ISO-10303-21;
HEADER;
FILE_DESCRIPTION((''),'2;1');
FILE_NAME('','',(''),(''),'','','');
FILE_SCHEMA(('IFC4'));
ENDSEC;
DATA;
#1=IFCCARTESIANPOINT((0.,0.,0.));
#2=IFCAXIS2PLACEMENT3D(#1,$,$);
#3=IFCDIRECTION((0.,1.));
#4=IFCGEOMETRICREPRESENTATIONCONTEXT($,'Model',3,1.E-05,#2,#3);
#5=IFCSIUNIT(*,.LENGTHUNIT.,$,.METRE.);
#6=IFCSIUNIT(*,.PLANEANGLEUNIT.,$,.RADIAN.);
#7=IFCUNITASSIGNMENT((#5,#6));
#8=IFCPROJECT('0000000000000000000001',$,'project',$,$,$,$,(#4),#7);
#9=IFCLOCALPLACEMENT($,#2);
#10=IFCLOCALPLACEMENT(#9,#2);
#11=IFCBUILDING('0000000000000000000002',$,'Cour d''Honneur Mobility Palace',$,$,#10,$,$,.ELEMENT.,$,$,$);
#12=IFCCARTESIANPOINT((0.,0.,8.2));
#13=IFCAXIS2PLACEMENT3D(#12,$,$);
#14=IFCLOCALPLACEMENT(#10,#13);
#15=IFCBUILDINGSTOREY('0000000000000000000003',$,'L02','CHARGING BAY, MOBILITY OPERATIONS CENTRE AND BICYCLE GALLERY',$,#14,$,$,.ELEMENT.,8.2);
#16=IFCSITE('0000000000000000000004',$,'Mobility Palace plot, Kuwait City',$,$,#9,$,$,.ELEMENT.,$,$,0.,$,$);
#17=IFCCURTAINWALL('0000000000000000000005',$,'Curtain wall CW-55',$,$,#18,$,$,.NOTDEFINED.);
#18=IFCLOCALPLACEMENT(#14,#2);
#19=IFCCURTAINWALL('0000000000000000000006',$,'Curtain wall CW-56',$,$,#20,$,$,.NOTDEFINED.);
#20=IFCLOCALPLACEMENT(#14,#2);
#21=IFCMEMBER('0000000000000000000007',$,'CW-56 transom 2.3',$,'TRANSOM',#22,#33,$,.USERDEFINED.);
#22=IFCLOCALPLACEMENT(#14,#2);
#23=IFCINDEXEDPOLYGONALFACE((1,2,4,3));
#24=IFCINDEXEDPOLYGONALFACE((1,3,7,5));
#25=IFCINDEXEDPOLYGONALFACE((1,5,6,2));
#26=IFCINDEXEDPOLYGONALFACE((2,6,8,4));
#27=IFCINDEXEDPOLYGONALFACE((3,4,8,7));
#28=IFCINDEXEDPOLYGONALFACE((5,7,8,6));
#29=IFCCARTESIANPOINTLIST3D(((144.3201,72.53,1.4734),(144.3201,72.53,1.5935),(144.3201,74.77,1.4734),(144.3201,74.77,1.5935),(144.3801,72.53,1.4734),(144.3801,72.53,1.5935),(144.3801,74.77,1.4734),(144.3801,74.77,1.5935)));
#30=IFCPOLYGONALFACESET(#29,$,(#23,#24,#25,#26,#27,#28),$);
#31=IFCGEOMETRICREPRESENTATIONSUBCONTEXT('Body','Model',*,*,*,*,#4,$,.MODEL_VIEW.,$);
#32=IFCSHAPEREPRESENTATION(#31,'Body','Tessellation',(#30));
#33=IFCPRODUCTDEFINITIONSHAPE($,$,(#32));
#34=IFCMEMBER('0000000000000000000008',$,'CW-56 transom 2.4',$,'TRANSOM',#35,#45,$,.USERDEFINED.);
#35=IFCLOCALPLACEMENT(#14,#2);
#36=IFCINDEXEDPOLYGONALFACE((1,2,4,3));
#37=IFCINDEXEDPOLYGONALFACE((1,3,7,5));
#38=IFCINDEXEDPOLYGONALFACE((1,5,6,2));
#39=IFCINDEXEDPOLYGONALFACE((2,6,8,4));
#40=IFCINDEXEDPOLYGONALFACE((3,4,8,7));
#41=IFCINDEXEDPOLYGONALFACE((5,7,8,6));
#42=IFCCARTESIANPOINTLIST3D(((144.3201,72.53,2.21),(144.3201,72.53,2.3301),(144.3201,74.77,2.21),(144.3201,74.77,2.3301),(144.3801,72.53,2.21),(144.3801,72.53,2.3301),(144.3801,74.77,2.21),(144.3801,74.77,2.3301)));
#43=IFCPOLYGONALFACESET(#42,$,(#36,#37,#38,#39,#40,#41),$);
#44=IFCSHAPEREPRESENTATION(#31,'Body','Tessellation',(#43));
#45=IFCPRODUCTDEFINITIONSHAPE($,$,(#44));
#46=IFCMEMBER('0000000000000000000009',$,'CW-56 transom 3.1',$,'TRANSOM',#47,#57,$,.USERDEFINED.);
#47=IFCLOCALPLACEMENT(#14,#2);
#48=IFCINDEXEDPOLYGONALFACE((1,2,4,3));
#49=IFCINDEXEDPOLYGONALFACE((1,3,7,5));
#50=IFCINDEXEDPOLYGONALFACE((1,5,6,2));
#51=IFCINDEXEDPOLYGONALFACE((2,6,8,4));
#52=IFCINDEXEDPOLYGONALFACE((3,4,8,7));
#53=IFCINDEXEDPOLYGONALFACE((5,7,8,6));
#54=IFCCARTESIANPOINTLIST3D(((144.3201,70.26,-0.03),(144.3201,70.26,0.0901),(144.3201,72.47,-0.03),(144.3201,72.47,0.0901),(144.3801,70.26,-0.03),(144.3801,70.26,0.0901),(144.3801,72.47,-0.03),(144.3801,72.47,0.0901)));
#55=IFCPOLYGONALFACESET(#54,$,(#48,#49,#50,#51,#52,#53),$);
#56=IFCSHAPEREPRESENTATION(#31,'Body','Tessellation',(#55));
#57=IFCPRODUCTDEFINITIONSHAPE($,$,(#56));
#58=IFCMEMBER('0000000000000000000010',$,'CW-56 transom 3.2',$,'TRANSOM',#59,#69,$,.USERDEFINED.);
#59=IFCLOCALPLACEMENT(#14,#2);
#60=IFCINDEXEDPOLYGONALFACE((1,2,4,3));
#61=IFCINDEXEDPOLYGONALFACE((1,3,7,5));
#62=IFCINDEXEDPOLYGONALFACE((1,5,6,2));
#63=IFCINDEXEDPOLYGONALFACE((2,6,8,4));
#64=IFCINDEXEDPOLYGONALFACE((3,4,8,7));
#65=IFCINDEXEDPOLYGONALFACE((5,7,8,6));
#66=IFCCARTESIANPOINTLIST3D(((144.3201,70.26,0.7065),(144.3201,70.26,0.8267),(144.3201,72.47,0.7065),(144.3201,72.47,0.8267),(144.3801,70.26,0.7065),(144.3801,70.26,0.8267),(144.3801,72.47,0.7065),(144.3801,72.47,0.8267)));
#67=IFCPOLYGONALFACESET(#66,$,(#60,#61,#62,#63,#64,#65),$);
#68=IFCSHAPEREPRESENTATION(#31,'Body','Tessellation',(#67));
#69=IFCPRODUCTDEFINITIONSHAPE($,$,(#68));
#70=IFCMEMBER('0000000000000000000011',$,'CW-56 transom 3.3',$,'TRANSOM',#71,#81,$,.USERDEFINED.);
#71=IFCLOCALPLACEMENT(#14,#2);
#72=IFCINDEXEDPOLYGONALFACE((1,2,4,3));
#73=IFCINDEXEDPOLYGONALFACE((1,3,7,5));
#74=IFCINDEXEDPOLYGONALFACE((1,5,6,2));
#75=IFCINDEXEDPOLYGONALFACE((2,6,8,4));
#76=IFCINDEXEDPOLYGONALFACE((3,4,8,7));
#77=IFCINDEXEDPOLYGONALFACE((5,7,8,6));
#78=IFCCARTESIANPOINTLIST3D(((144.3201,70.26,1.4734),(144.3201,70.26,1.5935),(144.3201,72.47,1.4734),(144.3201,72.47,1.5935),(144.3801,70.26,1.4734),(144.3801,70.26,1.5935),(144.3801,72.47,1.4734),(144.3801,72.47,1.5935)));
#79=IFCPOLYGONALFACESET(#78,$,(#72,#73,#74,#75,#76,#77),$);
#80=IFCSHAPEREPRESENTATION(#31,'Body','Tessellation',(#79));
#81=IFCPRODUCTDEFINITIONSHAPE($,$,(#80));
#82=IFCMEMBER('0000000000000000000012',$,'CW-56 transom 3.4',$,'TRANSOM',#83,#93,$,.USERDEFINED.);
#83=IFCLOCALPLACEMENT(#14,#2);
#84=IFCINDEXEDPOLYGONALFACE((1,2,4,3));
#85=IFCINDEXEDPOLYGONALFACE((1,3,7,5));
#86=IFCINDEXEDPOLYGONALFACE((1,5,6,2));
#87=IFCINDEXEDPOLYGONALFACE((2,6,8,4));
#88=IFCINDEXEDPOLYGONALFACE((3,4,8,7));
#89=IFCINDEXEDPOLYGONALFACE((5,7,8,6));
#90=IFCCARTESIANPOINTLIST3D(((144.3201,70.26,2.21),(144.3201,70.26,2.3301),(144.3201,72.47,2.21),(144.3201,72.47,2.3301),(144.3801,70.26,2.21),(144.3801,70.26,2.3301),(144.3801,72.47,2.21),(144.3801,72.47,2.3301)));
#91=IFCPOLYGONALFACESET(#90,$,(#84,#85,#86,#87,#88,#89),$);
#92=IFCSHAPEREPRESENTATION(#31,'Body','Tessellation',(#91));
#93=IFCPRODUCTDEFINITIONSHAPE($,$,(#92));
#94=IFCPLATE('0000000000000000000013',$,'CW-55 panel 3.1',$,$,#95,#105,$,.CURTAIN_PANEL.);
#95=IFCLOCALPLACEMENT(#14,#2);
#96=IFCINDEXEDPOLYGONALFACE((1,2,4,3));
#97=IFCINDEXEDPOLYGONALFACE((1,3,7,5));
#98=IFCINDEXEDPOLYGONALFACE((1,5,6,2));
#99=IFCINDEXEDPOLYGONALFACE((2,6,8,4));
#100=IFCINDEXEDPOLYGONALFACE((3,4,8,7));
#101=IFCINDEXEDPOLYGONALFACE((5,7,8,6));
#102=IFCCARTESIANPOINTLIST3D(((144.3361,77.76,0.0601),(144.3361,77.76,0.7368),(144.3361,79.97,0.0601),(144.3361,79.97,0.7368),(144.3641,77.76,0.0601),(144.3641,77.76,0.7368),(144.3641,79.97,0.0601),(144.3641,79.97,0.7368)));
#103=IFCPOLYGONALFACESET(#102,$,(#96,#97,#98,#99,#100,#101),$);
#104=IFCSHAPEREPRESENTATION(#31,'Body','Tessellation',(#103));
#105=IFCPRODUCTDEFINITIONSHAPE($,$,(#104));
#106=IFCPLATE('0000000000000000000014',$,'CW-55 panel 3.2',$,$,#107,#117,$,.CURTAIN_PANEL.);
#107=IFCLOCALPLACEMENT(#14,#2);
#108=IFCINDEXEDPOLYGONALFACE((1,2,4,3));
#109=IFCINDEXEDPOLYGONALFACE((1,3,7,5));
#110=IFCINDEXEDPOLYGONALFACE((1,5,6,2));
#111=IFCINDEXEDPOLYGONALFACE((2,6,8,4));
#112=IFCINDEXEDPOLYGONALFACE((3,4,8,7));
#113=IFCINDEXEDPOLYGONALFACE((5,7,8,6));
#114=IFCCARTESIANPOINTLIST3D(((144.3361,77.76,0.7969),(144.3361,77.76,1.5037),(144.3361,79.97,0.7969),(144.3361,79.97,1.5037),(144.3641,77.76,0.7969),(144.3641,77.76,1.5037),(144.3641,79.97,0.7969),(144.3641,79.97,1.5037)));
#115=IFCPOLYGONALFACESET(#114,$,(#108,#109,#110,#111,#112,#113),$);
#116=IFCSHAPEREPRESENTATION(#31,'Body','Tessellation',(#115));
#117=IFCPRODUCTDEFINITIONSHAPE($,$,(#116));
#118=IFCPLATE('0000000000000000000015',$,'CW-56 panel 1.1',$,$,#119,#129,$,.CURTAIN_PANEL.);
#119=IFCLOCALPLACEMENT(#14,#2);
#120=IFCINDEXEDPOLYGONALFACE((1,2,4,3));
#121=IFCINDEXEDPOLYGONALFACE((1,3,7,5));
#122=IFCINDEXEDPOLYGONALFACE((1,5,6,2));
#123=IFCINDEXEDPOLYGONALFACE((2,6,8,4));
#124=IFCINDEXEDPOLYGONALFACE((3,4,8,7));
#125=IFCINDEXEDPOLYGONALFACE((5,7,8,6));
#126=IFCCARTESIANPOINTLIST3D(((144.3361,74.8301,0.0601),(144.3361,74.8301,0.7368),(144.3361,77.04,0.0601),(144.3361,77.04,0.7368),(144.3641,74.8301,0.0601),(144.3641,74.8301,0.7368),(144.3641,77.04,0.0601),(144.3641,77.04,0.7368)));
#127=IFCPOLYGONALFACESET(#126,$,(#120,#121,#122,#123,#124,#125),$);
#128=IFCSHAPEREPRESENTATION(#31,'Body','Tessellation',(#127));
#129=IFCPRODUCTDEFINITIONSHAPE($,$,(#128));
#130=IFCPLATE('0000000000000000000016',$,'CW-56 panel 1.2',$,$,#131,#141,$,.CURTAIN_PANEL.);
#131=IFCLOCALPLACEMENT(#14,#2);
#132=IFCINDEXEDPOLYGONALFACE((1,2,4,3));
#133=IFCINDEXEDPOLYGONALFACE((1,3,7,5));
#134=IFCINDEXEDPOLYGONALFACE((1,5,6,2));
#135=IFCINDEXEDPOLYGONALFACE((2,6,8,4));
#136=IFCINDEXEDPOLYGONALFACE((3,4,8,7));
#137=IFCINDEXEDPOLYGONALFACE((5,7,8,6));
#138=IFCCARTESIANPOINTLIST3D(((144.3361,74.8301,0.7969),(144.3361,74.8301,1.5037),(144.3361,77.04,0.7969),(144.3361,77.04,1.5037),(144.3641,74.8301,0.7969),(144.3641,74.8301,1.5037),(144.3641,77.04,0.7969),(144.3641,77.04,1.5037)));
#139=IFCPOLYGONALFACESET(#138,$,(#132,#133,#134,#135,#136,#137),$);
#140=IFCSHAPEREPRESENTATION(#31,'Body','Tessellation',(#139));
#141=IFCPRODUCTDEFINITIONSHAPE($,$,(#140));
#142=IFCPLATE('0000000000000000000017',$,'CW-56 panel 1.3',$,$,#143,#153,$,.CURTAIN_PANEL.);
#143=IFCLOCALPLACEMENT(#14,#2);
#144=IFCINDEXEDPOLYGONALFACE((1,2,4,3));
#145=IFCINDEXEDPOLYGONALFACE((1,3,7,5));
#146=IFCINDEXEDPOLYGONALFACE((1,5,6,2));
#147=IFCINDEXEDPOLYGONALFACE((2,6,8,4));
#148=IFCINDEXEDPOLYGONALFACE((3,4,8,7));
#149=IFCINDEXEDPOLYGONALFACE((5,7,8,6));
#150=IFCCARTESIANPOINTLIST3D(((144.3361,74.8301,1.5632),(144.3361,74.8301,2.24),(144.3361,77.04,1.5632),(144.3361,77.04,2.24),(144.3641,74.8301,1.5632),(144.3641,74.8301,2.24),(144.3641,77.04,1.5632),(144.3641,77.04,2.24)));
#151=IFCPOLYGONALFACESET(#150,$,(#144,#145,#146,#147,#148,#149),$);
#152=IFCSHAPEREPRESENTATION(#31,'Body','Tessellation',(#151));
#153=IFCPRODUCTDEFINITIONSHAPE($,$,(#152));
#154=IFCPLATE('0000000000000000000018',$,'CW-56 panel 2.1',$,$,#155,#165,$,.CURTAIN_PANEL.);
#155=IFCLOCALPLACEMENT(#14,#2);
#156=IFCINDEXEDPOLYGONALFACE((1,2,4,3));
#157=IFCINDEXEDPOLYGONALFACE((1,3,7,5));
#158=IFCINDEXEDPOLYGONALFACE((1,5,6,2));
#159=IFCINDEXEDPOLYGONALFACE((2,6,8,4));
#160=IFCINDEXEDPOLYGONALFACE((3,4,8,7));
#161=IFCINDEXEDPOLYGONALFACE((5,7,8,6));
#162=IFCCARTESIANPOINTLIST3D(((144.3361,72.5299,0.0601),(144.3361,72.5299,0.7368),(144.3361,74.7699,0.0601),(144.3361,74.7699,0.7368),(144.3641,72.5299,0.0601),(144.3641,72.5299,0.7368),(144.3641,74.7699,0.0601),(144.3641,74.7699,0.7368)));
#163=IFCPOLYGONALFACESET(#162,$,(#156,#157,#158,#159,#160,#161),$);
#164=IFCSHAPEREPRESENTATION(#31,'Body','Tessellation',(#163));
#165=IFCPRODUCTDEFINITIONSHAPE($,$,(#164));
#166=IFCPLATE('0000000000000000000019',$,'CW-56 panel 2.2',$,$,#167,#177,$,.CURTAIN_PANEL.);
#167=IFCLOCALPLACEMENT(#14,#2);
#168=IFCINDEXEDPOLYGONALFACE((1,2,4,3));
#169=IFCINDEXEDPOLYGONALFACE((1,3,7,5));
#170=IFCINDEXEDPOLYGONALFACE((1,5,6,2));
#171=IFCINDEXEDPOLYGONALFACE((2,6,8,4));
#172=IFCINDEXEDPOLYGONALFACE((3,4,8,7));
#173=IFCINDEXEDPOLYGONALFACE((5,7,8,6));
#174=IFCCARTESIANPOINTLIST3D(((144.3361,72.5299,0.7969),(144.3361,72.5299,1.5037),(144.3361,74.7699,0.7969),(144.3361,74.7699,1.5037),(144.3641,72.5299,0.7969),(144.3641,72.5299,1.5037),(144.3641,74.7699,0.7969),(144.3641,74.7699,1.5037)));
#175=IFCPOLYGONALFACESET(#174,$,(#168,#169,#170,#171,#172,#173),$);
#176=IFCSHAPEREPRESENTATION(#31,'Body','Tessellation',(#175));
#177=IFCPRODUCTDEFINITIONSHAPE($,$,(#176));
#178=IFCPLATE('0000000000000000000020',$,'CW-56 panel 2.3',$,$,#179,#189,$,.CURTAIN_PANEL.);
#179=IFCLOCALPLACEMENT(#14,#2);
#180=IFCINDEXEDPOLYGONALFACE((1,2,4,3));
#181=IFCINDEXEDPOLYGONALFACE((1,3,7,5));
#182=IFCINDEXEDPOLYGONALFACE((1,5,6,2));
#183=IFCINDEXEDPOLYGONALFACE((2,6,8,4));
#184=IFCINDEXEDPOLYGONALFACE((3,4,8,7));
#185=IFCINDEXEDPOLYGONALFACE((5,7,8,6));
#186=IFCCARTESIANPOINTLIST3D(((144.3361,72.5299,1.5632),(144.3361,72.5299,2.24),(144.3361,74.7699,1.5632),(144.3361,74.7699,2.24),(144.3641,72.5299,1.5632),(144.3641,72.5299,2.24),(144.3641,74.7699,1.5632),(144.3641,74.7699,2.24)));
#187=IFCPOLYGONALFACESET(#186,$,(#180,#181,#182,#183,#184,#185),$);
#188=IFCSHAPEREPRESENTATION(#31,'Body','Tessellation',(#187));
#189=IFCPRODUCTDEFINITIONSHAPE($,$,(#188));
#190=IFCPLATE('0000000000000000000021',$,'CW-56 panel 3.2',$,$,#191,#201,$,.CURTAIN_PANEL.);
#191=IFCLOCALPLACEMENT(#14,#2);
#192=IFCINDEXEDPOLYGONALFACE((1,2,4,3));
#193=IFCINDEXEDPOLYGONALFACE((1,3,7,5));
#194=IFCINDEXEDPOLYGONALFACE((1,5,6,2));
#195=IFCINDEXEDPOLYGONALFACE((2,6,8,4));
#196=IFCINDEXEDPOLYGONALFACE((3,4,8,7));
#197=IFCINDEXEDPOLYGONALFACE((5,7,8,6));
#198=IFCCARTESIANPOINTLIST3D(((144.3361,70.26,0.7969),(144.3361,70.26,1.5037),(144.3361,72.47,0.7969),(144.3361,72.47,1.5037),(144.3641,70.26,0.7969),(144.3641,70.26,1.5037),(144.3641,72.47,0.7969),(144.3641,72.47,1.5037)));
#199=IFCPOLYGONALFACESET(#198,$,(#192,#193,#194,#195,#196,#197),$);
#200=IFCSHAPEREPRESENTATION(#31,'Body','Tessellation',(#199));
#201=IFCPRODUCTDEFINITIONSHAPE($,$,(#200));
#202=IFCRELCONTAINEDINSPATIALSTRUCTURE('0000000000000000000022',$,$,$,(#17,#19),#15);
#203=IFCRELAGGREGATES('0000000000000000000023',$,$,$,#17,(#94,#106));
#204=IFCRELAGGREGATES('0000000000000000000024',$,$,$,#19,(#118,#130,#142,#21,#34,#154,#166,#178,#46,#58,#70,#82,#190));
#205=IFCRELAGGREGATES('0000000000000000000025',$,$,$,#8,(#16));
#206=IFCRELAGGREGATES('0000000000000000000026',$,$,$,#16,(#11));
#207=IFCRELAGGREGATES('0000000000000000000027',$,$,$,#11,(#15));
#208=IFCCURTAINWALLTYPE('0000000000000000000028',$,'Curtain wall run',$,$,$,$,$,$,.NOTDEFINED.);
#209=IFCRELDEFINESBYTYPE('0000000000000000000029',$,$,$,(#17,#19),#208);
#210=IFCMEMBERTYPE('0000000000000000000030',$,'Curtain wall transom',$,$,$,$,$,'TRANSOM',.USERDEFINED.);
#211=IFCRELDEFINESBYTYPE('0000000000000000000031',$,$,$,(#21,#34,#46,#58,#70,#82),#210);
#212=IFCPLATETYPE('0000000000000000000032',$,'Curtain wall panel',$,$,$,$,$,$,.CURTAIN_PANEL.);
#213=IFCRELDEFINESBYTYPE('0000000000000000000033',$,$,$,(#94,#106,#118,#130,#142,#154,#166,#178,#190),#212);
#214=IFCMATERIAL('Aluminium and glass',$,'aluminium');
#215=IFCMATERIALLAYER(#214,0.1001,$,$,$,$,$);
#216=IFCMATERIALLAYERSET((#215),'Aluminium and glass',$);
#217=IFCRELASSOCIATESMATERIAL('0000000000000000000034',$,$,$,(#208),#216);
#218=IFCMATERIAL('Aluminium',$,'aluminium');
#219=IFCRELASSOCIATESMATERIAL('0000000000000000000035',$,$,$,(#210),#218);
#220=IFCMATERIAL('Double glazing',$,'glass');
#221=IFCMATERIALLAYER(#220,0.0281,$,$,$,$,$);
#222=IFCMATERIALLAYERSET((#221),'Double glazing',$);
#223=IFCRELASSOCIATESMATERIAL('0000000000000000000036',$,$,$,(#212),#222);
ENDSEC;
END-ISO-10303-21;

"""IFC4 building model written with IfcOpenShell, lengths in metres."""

from ifc_helpers import new_model, si_unit, direction, frame, origin, origin_2d, place, context, subcontext, project, spatial, rectangle, extrude, material, layer, layer_set, material_profile, profile_set, type_object, element, aggregate, save


model = new_model("IFC4")

# Units and contexts
model_context = context("Model", 3, precision=1e-05, world=origin(), true_north=direction((0.0, 1.0)))
body_context = subcontext(model_context, "Body", "Model", "MODEL_VIEW")
ifc_project = project(units=[si_unit("LENGTHUNIT", "METRE"), si_unit("PLANEANGLEUNIT", "RADIAN")], contexts=[model_context])

# Site, building, storey
site_placement = place(None, origin())
site = spatial("IfcSite", under=ifc_project, at=site_placement, Name="Mobility Palace plot, Kuwait City", CompositionType="ELEMENT", RefElevation=0.0)
building_placement = place(site_placement, origin())
building = spatial("IfcBuilding", under=site, at=building_placement, Name="Cour d'Honneur Mobility Palace", CompositionType="ELEMENT")
storey_placement = place(building_placement, frame((0.0, 0.0, 8.2)))
storey = spatial("IfcBuildingStorey", under=building, at=storey_placement, Name="L02", Description="CHARGING BAY, MOBILITY OPERATIONS CENTRE AND BICYCLE GALLERY", CompositionType="ELEMENT", Elevation=8.2)

# Curtain wall
ifc_material_1 = material(Name="Aluminium and glass", Category="aluminium")
ifc_layer_1 = layer(ifc_material_1, 0.1001)
ifc_layer_set_1 = layer_set([ifc_layer_1], Name="Aluminium and glass")
curtain_wall_type = type_object("IfcCurtainWallType", Name="Curtain wall run", PredefinedType="NOTDEFINED", material=ifc_layer_set_1)
curtain_wall_1_placement = place(storey_placement, origin())
curtain_wall_1 = element("IfcCurtainWall", 1, at=curtain_wall_1_placement, inside=storey, type_object=curtain_wall_type, Name="Curtain wall CW-55", PredefinedType="NOTDEFINED")

# Curtain wall, members
curtain_wall_2_placement = place(storey_placement, origin())
curtain_wall_2 = element("IfcCurtainWall", 2, at=curtain_wall_2_placement, inside=storey, type_object=curtain_wall_type, Name="Curtain wall CW-56", PredefinedType="NOTDEFINED")
ifc_material_2 = material(Name="Aluminium", Category="aluminium")
ifc_material_profile_1 = material_profile(ifc_material_2, rectangle(XDim=0.0601, YDim=0.1201, at=origin_2d()), Name="Curtain wall transom")
ifc_profile_set_1 = profile_set([ifc_material_profile_1], Name="Aluminium")
member_type_1 = type_object("IfcMemberType", Name="Curtain wall transom", ElementType="TRANSOM", PredefinedType="USERDEFINED", material=ifc_profile_set_1)
member_1_placement = place(storey_placement, frame((144.3501, 74.77, 1.5334), z_axis=(0.0, -1.0, 0.0), x_axis=(1.0, 0.0, 0.0)))
member_1 = element("IfcMember", 3, at=member_1_placement, type_object=member_type_1, Name="CW-56 transom 2.3", ObjectType="TRANSOM", PredefinedType="USERDEFINED", context=body_context, shape_type="SweptSolid", body=[
    extrude(rectangle(XDim=0.0601, YDim=0.1201, at=origin_2d()), origin(), (0.0, 0.0, 1.0), 2.24),
])
member_2_placement = place(storey_placement, frame((144.3501, 74.77, 2.27), z_axis=(0.0, -1.0, 0.0), x_axis=(1.0, 0.0, 0.0)))
member_2 = element("IfcMember", 4, at=member_2_placement, type_object=member_type_1, Name="CW-56 transom 2.4", ObjectType="TRANSOM", PredefinedType="USERDEFINED", context=body_context, shape_type="SweptSolid", body=[
    extrude(rectangle(XDim=0.0601, YDim=0.1201, at=origin_2d()), origin(), (0.0, 0.0, 1.0), 2.24),
])
member_3_placement = place(storey_placement, frame((144.3501, 72.47, 0.03), z_axis=(0.0, -1.0, 0.0), x_axis=(1.0, 0.0, 0.0)))
member_3 = element("IfcMember", 5, at=member_3_placement, type_object=member_type_1, Name="CW-56 transom 3.1", ObjectType="TRANSOM", PredefinedType="USERDEFINED", context=body_context, shape_type="SweptSolid", body=[
    extrude(rectangle(XDim=0.0601, YDim=0.1201, at=origin_2d()), origin(), (0.0, 0.0, 1.0), 2.21),
])
member_4_placement = place(storey_placement, frame((144.3501, 72.47, 0.7666), z_axis=(0.0, -1.0, 0.0), x_axis=(1.0, 0.0, 0.0)))
member_4 = element("IfcMember", 6, at=member_4_placement, type_object=member_type_1, Name="CW-56 transom 3.2", ObjectType="TRANSOM", PredefinedType="USERDEFINED", context=body_context, shape_type="SweptSolid", body=[
    extrude(rectangle(XDim=0.0601, YDim=0.1201, at=origin_2d()), origin(), (0.0, 0.0, 1.0), 2.21),
])
member_5_placement = place(storey_placement, frame((144.3501, 72.47, 1.5334), z_axis=(0.0, -1.0, 0.0), x_axis=(1.0, 0.0, 0.0)))
member_5 = element("IfcMember", 7, at=member_5_placement, type_object=member_type_1, Name="CW-56 transom 3.3", ObjectType="TRANSOM", PredefinedType="USERDEFINED", context=body_context, shape_type="SweptSolid", body=[
    extrude(rectangle(XDim=0.0601, YDim=0.1201, at=origin_2d()), origin(), (0.0, 0.0, 1.0), 2.21),
])
member_6_placement = place(storey_placement, frame((144.3501, 72.47, 2.27), z_axis=(0.0, -1.0, 0.0), x_axis=(1.0, 0.0, 0.0)))
member_6 = element("IfcMember", 8, at=member_6_placement, type_object=member_type_1, Name="CW-56 transom 3.4", ObjectType="TRANSOM", PredefinedType="USERDEFINED", context=body_context, shape_type="SweptSolid", body=[
    extrude(rectangle(XDim=0.0601, YDim=0.1201, at=origin_2d()), origin(), (0.0, 0.0, 1.0), 2.21),
])

# Plates
ifc_material_3 = material(Name="Double glazing", Category="glass")
ifc_layer_2 = layer(ifc_material_3, 0.0281)
ifc_layer_set_2 = layer_set([ifc_layer_2], Name="Double glazing")
plate_type = type_object("IfcPlateType", Name="Curtain wall panel", PredefinedType="CURTAIN_PANEL", material=ifc_layer_set_2)
plate_1_placement = place(storey_placement, frame((144.3501, 78.865, 0.0601), z_axis=(0.0, 0.0, 1.0), x_axis=(0.0, -1.0, 0.0)))
plate_1 = element("IfcPlate", 9, at=plate_1_placement, type_object=plate_type, Name="CW-55 panel 3.1", PredefinedType="CURTAIN_PANEL", context=body_context, shape_type="SweptSolid", body=[
    extrude(rectangle(XDim=2.21, YDim=0.0281, at=origin_2d()), origin(), (0.0, 0.0, 1.0), 0.6768),
])
plate_2_placement = place(storey_placement, frame((144.3501, 78.865, 0.7969), z_axis=(0.0, 0.0, 1.0), x_axis=(0.0, -1.0, 0.0)))
plate_2 = element("IfcPlate", 10, at=plate_2_placement, type_object=plate_type, Name="CW-55 panel 3.2", PredefinedType="CURTAIN_PANEL", context=body_context, shape_type="SweptSolid", body=[
    extrude(rectangle(XDim=2.21, YDim=0.0281, at=origin_2d()), origin(), (0.0, 0.0, 1.0), 0.7068),
])
aggregate(curtain_wall_1, [plate_1, plate_2])
plate_3_placement = place(storey_placement, frame((144.3501, 75.9351, 0.0601), z_axis=(0.0, 0.0, 1.0), x_axis=(0.0, -1.0, 0.0)))
plate_3 = element("IfcPlate", 11, at=plate_3_placement, type_object=plate_type, Name="CW-56 panel 1.1", PredefinedType="CURTAIN_PANEL", context=body_context, shape_type="SweptSolid", body=[
    extrude(rectangle(XDim=2.21, YDim=0.0281, at=origin_2d()), origin(), (0.0, 0.0, 1.0), 0.6768),
])
plate_4_placement = place(storey_placement, frame((144.3501, 75.9351, 0.7969), z_axis=(0.0, 0.0, 1.0), x_axis=(0.0, -1.0, 0.0)))
plate_4 = element("IfcPlate", 12, at=plate_4_placement, type_object=plate_type, Name="CW-56 panel 1.2", PredefinedType="CURTAIN_PANEL", context=body_context, shape_type="SweptSolid", body=[
    extrude(rectangle(XDim=2.21, YDim=0.0281, at=origin_2d()), origin(), (0.0, 0.0, 1.0), 0.7068),
])
plate_5_placement = place(storey_placement, frame((144.3501, 75.9351, 1.5632), z_axis=(0.0, 0.0, 1.0), x_axis=(0.0, -1.0, 0.0)))
plate_5 = element("IfcPlate", 13, at=plate_5_placement, type_object=plate_type, Name="CW-56 panel 1.3", PredefinedType="CURTAIN_PANEL", context=body_context, shape_type="SweptSolid", body=[
    extrude(rectangle(XDim=2.21, YDim=0.0281, at=origin_2d()), origin(), (0.0, 0.0, 1.0), 0.6768),
])
plate_6_placement = place(storey_placement, frame((144.3501, 73.6499, 0.0601), z_axis=(0.0, 0.0, 1.0), x_axis=(0.0, -1.0, 0.0)))
plate_6 = element("IfcPlate", 14, at=plate_6_placement, type_object=plate_type, Name="CW-56 panel 2.1", PredefinedType="CURTAIN_PANEL", context=body_context, shape_type="SweptSolid", body=[
    extrude(rectangle(XDim=2.24, YDim=0.0281, at=origin_2d()), origin(), (0.0, 0.0, 1.0), 0.6768),
])
plate_7_placement = place(storey_placement, frame((144.3501, 73.6499, 0.7969), z_axis=(0.0, 0.0, 1.0), x_axis=(0.0, -1.0, 0.0)))
plate_7 = element("IfcPlate", 15, at=plate_7_placement, type_object=plate_type, Name="CW-56 panel 2.2", PredefinedType="CURTAIN_PANEL", context=body_context, shape_type="SweptSolid", body=[
    extrude(rectangle(XDim=2.24, YDim=0.0281, at=origin_2d()), origin(), (0.0, 0.0, 1.0), 0.7068),
])
plate_8_placement = place(storey_placement, frame((144.3501, 73.6499, 1.5632), z_axis=(0.0, 0.0, 1.0), x_axis=(0.0, -1.0, 0.0)))
plate_8 = element("IfcPlate", 16, at=plate_8_placement, type_object=plate_type, Name="CW-56 panel 2.3", PredefinedType="CURTAIN_PANEL", context=body_context, shape_type="SweptSolid", body=[
    extrude(rectangle(XDim=2.24, YDim=0.0281, at=origin_2d()), origin(), (0.0, 0.0, 1.0), 0.6768),
])
plate_9_placement = place(storey_placement, frame((144.3501, 71.365, 0.7969), z_axis=(0.0, 0.0, 1.0), x_axis=(0.0, -1.0, 0.0)))
plate_9 = element("IfcPlate", 17, at=plate_9_placement, type_object=plate_type, Name="CW-56 panel 3.2", PredefinedType="CURTAIN_PANEL", context=body_context, shape_type="SweptSolid", body=[
    extrude(rectangle(XDim=2.21, YDim=0.0281, at=origin_2d()), origin(), (0.0, 0.0, 1.0), 0.7068),
])
aggregate(curtain_wall_2, [plate_3, plate_4, plate_5, member_1, member_2, plate_6, plate_7, plate_8, member_3, member_4, member_5, member_6, plate_9])

save(model, "model.ifc")
